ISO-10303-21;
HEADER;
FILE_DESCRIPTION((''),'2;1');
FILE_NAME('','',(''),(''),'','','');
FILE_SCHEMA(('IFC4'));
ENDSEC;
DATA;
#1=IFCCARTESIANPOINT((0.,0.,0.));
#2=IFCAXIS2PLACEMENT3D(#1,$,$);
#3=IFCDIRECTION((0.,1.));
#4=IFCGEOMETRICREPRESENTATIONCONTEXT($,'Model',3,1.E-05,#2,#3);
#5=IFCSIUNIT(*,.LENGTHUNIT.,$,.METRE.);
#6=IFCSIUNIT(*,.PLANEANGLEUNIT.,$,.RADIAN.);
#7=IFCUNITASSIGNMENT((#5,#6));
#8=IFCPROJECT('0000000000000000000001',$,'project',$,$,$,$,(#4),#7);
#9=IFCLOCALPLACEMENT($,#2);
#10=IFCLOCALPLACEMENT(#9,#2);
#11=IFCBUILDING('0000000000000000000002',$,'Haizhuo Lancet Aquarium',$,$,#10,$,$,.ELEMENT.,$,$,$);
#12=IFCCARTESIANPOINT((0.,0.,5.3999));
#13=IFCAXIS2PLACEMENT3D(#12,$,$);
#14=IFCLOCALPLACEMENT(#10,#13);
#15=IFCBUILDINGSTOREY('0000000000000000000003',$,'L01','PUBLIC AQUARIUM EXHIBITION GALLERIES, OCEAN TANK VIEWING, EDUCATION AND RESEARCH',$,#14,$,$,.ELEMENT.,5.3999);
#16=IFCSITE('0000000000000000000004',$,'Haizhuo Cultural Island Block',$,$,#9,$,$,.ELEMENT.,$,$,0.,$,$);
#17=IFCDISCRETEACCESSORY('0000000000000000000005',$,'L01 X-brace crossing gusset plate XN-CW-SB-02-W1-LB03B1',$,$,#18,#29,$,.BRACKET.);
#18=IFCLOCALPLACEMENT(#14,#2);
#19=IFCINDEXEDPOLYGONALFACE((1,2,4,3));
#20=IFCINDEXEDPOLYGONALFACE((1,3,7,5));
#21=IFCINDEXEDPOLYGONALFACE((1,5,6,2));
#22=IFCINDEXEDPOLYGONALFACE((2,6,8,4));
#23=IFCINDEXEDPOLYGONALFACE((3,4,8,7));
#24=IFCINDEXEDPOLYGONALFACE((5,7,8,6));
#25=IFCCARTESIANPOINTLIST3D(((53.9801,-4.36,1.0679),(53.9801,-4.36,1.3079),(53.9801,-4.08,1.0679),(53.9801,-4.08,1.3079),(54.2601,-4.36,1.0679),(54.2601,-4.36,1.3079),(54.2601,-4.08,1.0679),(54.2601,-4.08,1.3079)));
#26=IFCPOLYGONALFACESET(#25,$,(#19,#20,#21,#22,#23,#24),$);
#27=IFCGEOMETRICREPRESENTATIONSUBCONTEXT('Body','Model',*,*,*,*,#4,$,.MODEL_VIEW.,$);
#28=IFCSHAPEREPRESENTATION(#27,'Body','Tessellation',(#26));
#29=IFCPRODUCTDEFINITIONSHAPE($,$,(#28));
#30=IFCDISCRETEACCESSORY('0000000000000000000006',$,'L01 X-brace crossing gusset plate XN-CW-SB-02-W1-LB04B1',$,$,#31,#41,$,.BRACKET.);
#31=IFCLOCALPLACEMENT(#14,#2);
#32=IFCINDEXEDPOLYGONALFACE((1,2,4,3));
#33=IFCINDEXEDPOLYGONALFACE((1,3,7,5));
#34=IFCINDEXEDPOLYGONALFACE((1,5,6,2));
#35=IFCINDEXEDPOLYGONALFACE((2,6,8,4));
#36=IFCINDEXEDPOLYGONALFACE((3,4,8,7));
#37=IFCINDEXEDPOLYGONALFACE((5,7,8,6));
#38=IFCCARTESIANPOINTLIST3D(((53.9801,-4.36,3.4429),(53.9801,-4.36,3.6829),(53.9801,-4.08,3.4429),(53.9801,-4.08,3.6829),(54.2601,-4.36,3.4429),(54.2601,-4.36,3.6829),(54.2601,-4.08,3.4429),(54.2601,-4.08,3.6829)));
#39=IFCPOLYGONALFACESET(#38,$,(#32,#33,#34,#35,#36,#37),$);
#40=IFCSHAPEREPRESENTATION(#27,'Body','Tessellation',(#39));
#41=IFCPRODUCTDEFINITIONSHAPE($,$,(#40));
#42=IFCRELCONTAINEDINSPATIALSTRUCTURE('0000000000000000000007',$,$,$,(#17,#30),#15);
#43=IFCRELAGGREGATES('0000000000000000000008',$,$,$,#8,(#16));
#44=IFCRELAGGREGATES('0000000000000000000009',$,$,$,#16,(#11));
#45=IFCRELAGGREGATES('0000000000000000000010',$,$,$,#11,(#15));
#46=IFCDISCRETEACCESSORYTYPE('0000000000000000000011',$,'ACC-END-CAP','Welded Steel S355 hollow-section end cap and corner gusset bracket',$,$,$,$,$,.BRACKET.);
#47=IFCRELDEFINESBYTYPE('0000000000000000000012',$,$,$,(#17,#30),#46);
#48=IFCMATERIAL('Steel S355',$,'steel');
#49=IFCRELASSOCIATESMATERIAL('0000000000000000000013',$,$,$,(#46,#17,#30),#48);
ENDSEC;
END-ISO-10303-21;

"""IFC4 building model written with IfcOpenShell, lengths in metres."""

from ifc_helpers import new_model, si_unit, direction, frame, origin, origin_2d, place, context, subcontext, project, spatial, rectangle, extrude, material, type_object, element, save


model = new_model("IFC4")

# Units and contexts
model_context = context("Model", 3, precision=1e-05, world=origin(), true_north=direction((0.0, 1.0)))
body_context = subcontext(model_context, "Body", "Model", "MODEL_VIEW")
ifc_project = project(units=[si_unit("LENGTHUNIT", "METRE"), si_unit("PLANEANGLEUNIT", "RADIAN")], contexts=[model_context])

# Site, building, storey
site_placement = place(None, origin())
site = spatial("IfcSite", under=ifc_project, at=site_placement, Name="Haizhuo Cultural Island Block", CompositionType="ELEMENT", RefElevation=0.0)
building_placement = place(site_placement, origin())
building = spatial("IfcBuilding", under=site, at=building_placement, Name="Haizhuo Lancet Aquarium", CompositionType="ELEMENT")
storey_placement = place(building_placement, frame((0.0, 0.0, 5.3999)))
storey = spatial("IfcBuildingStorey", under=building, at=storey_placement, Name="L01", Description="PUBLIC AQUARIUM EXHIBITION GALLERIES, OCEAN TANK VIEWING, EDUCATION AND RESEARCH", CompositionType="ELEMENT", Elevation=5.3999)

# Shared definitions
ifc_material_1 = material(Name="Steel S355", Category="steel")

# Discrete accessories
discrete_accessory_type = type_object("IfcDiscreteAccessoryType", Name="ACC-END-CAP", Description="Welded Steel S355 hollow-section end cap and corner gusset bracket", PredefinedType="BRACKET", material=ifc_material_1)
for number, where, z_axis, x_axis, name in (
    (1, (54.1201, -4.22, 1.0679), (0.0, 0.0, 1.0), (1.0, 0.0, 0.0), "L01 X-brace crossing gusset plate XN-CW-SB-02-W1-LB03B1"),
    (2, (54.1201, -4.22, 3.4429), (0.0, 0.0, 1.0), (1.0, 0.0, 0.0), "L01 X-brace crossing gusset plate XN-CW-SB-02-W1-LB04B1"),
):
    element("IfcDiscreteAccessory", number, at=place(storey_placement, frame(where, z_axis=z_axis, x_axis=x_axis)), inside=storey, type_object=discrete_accessory_type, material=ifc_material_1, Name=name, PredefinedType="BRACKET", context=body_context, shape_type="SweptSolid", body=[
        extrude(rectangle(XDim=0.28, YDim=0.28, at=origin_2d()), origin(), (0.0, 0.0, 1.0), 0.24),
    ])

save(model, "model.ifc")
